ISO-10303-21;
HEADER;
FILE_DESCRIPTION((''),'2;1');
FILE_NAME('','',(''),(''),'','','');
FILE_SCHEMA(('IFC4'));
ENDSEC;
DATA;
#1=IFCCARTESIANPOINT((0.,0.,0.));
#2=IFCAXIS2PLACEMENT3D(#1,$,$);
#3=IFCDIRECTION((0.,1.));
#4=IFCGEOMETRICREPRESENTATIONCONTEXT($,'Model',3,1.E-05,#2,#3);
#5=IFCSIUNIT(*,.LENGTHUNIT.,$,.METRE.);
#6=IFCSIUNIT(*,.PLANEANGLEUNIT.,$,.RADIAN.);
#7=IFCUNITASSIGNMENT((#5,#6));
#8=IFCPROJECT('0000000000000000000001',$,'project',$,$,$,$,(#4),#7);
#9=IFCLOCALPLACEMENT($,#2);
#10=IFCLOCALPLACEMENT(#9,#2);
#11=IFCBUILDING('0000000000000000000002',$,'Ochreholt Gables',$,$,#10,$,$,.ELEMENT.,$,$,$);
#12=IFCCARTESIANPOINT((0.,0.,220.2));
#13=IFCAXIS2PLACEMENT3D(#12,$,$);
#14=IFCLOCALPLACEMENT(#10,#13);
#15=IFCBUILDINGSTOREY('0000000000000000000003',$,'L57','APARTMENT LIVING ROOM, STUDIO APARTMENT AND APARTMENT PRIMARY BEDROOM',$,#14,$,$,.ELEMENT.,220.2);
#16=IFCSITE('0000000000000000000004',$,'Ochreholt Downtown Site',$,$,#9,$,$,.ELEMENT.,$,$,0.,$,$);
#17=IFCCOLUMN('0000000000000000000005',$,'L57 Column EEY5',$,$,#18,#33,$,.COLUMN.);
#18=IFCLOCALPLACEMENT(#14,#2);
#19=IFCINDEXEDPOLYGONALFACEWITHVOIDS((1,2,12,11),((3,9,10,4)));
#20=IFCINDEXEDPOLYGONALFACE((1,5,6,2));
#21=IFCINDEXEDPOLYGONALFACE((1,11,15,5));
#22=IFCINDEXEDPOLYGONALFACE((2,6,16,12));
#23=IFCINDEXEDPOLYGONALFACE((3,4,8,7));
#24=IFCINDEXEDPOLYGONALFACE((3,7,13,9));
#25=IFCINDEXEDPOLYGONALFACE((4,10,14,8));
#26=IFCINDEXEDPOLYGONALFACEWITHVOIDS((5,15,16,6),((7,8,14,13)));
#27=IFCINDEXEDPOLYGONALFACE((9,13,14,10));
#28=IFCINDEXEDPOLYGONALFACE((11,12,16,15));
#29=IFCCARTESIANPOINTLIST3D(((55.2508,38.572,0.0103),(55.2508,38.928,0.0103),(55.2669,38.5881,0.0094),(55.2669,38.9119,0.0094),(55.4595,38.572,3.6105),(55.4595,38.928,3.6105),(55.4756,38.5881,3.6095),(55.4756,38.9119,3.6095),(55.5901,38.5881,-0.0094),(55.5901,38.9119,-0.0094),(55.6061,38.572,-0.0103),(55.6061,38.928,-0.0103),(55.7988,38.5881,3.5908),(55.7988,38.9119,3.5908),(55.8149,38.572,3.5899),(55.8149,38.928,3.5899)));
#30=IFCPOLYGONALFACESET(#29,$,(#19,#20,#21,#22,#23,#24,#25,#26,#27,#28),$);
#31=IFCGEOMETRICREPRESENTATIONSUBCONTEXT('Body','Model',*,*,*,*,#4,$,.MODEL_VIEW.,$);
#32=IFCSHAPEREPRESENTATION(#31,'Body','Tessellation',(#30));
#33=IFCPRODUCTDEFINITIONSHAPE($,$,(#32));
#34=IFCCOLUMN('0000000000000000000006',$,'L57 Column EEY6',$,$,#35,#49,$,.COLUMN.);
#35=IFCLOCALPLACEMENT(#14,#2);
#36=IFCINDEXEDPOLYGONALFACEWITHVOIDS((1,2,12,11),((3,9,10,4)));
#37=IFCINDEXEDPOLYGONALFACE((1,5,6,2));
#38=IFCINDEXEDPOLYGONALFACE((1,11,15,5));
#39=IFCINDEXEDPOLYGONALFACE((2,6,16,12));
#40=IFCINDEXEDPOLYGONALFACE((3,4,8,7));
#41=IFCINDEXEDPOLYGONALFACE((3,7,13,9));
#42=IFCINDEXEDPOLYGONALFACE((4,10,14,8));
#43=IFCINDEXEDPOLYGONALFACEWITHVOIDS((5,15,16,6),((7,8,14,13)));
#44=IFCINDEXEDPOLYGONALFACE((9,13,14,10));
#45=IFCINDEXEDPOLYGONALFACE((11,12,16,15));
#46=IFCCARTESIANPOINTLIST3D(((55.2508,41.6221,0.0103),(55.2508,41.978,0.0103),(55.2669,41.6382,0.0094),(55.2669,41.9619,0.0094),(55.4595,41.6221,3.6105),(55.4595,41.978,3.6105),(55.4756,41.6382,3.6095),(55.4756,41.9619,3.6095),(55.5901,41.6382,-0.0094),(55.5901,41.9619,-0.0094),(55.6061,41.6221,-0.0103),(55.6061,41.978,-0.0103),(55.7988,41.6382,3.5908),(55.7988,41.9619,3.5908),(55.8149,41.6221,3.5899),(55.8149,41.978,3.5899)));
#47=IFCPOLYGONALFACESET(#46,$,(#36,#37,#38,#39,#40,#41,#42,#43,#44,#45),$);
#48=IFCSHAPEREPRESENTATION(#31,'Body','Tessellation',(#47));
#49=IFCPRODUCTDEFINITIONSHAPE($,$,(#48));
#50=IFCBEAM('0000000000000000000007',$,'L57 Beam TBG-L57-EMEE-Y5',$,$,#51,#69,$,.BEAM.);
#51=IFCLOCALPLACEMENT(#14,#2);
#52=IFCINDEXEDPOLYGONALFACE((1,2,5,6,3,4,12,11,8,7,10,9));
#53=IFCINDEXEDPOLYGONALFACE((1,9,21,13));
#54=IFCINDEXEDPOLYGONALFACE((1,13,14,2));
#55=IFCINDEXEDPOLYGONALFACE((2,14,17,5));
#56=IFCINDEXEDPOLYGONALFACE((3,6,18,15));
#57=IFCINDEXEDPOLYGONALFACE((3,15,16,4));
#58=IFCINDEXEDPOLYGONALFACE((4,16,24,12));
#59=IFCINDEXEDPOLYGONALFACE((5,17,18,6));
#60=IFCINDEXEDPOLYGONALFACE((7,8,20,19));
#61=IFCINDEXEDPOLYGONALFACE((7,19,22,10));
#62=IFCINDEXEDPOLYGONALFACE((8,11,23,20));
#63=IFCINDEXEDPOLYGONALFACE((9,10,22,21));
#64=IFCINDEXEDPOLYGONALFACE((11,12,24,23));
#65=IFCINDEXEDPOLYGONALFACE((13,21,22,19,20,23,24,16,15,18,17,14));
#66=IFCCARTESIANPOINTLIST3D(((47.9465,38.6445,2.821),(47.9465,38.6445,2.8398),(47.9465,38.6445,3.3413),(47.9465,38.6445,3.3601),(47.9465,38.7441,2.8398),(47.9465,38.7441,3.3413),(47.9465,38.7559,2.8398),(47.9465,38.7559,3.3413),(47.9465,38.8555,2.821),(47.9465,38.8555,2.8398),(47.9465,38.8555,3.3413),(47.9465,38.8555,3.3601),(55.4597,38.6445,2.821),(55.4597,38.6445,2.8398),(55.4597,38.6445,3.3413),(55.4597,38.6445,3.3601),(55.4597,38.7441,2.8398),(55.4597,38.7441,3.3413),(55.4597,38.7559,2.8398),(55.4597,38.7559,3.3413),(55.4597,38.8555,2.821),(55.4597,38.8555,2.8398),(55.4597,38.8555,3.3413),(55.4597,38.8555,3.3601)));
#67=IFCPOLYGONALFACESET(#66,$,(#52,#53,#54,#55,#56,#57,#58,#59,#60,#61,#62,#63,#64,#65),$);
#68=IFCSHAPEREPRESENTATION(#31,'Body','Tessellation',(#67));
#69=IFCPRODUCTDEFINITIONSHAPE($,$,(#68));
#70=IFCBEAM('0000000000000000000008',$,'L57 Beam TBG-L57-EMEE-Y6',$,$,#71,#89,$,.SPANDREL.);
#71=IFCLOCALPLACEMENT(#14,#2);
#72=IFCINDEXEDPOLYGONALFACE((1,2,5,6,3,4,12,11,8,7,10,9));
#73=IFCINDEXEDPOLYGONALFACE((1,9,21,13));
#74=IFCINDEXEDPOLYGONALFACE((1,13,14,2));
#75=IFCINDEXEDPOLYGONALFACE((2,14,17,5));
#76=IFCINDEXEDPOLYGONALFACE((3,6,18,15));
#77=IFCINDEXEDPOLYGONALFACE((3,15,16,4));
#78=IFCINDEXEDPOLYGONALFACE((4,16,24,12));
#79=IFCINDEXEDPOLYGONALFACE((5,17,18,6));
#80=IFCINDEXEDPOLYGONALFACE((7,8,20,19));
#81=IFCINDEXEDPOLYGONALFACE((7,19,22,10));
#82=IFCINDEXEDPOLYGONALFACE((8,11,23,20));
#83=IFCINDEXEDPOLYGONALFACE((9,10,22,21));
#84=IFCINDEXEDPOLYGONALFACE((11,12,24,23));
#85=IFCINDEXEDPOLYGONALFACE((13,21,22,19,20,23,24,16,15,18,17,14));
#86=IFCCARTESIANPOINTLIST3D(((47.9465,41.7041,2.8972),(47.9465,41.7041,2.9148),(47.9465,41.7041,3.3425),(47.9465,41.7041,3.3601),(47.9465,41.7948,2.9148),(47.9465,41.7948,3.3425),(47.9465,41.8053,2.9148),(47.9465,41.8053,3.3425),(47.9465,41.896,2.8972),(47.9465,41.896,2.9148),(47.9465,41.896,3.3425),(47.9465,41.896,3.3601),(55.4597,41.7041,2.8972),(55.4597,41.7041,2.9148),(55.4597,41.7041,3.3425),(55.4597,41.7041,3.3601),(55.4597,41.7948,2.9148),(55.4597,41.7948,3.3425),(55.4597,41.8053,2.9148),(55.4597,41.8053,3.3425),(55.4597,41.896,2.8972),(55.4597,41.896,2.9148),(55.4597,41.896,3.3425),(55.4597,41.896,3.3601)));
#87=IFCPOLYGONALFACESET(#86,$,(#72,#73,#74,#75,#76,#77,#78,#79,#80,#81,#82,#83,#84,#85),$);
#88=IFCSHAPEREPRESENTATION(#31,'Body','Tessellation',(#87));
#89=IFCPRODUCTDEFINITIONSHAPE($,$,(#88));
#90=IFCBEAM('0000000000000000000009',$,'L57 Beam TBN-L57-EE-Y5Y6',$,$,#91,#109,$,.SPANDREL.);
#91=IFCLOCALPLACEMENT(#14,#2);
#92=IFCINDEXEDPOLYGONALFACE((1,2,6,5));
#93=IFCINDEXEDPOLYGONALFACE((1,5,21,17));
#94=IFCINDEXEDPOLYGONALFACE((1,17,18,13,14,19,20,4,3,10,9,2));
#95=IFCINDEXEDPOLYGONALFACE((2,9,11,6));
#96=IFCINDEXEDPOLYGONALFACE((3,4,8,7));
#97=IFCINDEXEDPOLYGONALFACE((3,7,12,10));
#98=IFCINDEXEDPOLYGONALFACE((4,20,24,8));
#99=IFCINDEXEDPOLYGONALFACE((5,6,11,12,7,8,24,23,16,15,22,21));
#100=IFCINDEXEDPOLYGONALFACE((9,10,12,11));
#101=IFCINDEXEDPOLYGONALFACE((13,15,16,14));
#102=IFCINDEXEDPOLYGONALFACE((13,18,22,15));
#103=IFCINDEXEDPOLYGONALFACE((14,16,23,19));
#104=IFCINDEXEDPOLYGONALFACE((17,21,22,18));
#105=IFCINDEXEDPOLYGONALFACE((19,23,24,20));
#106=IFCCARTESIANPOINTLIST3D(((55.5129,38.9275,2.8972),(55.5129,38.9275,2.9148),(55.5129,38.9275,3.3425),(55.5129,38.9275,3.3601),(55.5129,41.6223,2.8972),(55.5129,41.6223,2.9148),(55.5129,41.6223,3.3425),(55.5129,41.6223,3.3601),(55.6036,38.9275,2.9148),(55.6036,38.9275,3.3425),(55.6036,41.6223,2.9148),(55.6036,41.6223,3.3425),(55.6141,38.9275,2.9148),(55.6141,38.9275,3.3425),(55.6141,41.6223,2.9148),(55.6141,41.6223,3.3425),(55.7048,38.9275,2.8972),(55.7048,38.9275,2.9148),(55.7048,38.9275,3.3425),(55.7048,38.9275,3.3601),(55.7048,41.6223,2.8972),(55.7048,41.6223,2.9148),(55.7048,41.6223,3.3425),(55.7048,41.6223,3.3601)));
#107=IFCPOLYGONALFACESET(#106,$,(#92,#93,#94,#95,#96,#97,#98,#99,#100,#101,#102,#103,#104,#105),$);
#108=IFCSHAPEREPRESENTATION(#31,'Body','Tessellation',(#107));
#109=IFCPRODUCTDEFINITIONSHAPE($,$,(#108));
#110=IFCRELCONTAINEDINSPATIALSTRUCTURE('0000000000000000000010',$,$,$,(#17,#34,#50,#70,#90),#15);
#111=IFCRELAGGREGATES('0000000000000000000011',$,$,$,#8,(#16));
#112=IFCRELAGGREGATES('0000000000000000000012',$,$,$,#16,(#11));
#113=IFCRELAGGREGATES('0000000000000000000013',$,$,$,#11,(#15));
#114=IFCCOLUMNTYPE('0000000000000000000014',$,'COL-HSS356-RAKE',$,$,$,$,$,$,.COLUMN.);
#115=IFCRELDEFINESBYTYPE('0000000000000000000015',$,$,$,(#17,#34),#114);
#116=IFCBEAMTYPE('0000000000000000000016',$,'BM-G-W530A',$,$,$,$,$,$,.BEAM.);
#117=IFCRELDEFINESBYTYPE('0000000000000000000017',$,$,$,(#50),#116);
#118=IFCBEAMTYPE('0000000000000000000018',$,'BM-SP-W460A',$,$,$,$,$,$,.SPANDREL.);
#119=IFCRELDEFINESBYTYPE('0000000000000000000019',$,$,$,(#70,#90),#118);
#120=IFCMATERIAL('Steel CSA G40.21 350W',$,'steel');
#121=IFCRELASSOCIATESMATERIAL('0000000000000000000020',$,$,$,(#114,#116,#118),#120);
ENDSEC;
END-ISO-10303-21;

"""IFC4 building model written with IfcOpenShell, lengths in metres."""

from ifc_helpers import new_model, si_unit, direction, frame, origin, origin_2d, place, context, subcontext, project, spatial, hollow_rectangle, i_section, extrude, material, material_profile, profile_set, type_object, element, save


model = new_model("IFC4")

# Units and contexts
model_context = context("Model", 3, precision=1e-05, world=origin(), true_north=direction((0.0, 1.0)))
body_context = subcontext(model_context, "Body", "Model", "MODEL_VIEW")
ifc_project = project(units=[si_unit("LENGTHUNIT", "METRE"), si_unit("PLANEANGLEUNIT", "RADIAN")], contexts=[model_context])

# Site, building, storey
site_placement = place(None, origin())
site = spatial("IfcSite", under=ifc_project, at=site_placement, Name="Ochreholt Downtown Site", CompositionType="ELEMENT", RefElevation=0.0)
building_placement = place(site_placement, origin())
building = spatial("IfcBuilding", under=site, at=building_placement, Name="Ochreholt Gables", CompositionType="ELEMENT")
storey_placement = place(building_placement, frame((0.0, 0.0, 220.2)))
storey = spatial("IfcBuildingStorey", under=building, at=storey_placement, Name="L57", Description="APARTMENT LIVING ROOM, STUDIO APARTMENT AND APARTMENT PRIMARY BEDROOM", CompositionType="ELEMENT", Elevation=220.2)

# Columns
ifc_material_1 = material(Name="Steel CSA G40.21 350W", Category="steel")
ifc_material_profile_1 = material_profile(ifc_material_1, hollow_rectangle(XDim=0.356, YDim=0.356, WallThickness=0.0161, at=origin_2d()), Name="HSS356X356X16")
ifc_profile_set_1 = profile_set([ifc_material_profile_1], Name="Steel CSA G40.21 350W")
column_type = type_object("IfcColumnType", Name="COL-HSS356-RAKE", PredefinedType="COLUMN", material=ifc_profile_set_1)
for number, where, z_axis, x_axis, name in (
    (1, (55.4285, 38.75, 0.0), (0.057885, 0.0, 0.998323), (0.0, 1.0, 0.0), "L57 Column EEY5"),
    (2, (55.4285, 41.8, 0.0), (0.057885, 0.0, 0.998323), (0.0, 1.0, 0.0), "L57 Column EEY6"),
):
    element("IfcColumn", number, at=place(storey_placement, frame(where, z_axis=z_axis, x_axis=x_axis)), inside=storey, type_object=column_type, Name=name, PredefinedType="COLUMN", context=body_context, shape_type="SweptSolid", body=[
        extrude(hollow_rectangle(XDim=0.356, YDim=0.356, WallThickness=0.0161, at=origin_2d()), origin(), (0.0, 0.0, 1.0), 3.6062),
    ])

# Beams
ifc_material_profile_2 = material_profile(ifc_material_1, i_section(OverallWidth=0.2109, OverallDepth=0.5391, WebThickness=0.0117, FlangeThickness=0.0188, at=origin_2d()), Name="W530X109")
ifc_profile_set_2 = profile_set([ifc_material_profile_2], Name="Steel CSA G40.21 350W")
beam_type_1 = type_object("IfcBeamType", Name="BM-G-W530A", PredefinedType="BEAM", material=ifc_profile_set_2)
beam_1_placement = place(storey_placement, frame((47.9465, 38.75, 3.0906), z_axis=(1.0, 0.0, 0.0), x_axis=(0.0, 1.0, 0.0)))
element("IfcBeam", 3, at=beam_1_placement, inside=storey, type_object=beam_type_1, Name="L57 Beam TBG-L57-EMEE-Y5", PredefinedType="BEAM", context=body_context, shape_type="SweptSolid", body=[
    extrude(i_section(OverallWidth=0.2109, OverallDepth=0.5391, WebThickness=0.0117, FlangeThickness=0.0188, at=origin_2d()), origin(), (0.0, 0.0, 1.0), 7.5132),
])
ifc_material_profile_3 = material_profile(ifc_material_1, i_section(OverallWidth=0.1919, OverallDepth=0.4629, WebThickness=0.0105, FlangeThickness=0.0176, at=origin_2d()), Name="W460X89")
ifc_profile_set_3 = profile_set([ifc_material_profile_3], Name="Steel CSA G40.21 350W")
beam_type_2 = type_object("IfcBeamType", Name="BM-SP-W460A", PredefinedType="SPANDREL", material=ifc_profile_set_3)
beam_2_placement = place(storey_placement, frame((47.9465, 41.8, 3.1287), z_axis=(1.0, 0.0, 0.0), x_axis=(0.0, 1.0, 0.0)))
element("IfcBeam", 4, at=beam_2_placement, inside=storey, type_object=beam_type_2, Name="L57 Beam TBG-L57-EMEE-Y6", PredefinedType="SPANDREL", context=body_context, shape_type="SweptSolid", body=[
    extrude(i_section(OverallWidth=0.1919, OverallDepth=0.4629, WebThickness=0.0105, FlangeThickness=0.0176, at=origin_2d()), origin(), (0.0, 0.0, 1.0), 7.5132),
])
beam_3_placement = place(storey_placement, frame((55.6089, 38.9275, 3.1287), z_axis=(0.0, 1.0, 0.0), x_axis=(-1.0, 0.0, 0.0)))
element("IfcBeam", 5, at=beam_3_placement, inside=storey, type_object=beam_type_2, Name="L57 Beam TBN-L57-EE-Y5Y6", PredefinedType="SPANDREL", context=body_context, shape_type="SweptSolid", body=[
    extrude(i_section(OverallWidth=0.1919, OverallDepth=0.4629, WebThickness=0.0105, FlangeThickness=0.0176, at=origin_2d()), origin(), (0.0, 0.0, 1.0), 2.6948),
])

save(model, "model.ifc")
